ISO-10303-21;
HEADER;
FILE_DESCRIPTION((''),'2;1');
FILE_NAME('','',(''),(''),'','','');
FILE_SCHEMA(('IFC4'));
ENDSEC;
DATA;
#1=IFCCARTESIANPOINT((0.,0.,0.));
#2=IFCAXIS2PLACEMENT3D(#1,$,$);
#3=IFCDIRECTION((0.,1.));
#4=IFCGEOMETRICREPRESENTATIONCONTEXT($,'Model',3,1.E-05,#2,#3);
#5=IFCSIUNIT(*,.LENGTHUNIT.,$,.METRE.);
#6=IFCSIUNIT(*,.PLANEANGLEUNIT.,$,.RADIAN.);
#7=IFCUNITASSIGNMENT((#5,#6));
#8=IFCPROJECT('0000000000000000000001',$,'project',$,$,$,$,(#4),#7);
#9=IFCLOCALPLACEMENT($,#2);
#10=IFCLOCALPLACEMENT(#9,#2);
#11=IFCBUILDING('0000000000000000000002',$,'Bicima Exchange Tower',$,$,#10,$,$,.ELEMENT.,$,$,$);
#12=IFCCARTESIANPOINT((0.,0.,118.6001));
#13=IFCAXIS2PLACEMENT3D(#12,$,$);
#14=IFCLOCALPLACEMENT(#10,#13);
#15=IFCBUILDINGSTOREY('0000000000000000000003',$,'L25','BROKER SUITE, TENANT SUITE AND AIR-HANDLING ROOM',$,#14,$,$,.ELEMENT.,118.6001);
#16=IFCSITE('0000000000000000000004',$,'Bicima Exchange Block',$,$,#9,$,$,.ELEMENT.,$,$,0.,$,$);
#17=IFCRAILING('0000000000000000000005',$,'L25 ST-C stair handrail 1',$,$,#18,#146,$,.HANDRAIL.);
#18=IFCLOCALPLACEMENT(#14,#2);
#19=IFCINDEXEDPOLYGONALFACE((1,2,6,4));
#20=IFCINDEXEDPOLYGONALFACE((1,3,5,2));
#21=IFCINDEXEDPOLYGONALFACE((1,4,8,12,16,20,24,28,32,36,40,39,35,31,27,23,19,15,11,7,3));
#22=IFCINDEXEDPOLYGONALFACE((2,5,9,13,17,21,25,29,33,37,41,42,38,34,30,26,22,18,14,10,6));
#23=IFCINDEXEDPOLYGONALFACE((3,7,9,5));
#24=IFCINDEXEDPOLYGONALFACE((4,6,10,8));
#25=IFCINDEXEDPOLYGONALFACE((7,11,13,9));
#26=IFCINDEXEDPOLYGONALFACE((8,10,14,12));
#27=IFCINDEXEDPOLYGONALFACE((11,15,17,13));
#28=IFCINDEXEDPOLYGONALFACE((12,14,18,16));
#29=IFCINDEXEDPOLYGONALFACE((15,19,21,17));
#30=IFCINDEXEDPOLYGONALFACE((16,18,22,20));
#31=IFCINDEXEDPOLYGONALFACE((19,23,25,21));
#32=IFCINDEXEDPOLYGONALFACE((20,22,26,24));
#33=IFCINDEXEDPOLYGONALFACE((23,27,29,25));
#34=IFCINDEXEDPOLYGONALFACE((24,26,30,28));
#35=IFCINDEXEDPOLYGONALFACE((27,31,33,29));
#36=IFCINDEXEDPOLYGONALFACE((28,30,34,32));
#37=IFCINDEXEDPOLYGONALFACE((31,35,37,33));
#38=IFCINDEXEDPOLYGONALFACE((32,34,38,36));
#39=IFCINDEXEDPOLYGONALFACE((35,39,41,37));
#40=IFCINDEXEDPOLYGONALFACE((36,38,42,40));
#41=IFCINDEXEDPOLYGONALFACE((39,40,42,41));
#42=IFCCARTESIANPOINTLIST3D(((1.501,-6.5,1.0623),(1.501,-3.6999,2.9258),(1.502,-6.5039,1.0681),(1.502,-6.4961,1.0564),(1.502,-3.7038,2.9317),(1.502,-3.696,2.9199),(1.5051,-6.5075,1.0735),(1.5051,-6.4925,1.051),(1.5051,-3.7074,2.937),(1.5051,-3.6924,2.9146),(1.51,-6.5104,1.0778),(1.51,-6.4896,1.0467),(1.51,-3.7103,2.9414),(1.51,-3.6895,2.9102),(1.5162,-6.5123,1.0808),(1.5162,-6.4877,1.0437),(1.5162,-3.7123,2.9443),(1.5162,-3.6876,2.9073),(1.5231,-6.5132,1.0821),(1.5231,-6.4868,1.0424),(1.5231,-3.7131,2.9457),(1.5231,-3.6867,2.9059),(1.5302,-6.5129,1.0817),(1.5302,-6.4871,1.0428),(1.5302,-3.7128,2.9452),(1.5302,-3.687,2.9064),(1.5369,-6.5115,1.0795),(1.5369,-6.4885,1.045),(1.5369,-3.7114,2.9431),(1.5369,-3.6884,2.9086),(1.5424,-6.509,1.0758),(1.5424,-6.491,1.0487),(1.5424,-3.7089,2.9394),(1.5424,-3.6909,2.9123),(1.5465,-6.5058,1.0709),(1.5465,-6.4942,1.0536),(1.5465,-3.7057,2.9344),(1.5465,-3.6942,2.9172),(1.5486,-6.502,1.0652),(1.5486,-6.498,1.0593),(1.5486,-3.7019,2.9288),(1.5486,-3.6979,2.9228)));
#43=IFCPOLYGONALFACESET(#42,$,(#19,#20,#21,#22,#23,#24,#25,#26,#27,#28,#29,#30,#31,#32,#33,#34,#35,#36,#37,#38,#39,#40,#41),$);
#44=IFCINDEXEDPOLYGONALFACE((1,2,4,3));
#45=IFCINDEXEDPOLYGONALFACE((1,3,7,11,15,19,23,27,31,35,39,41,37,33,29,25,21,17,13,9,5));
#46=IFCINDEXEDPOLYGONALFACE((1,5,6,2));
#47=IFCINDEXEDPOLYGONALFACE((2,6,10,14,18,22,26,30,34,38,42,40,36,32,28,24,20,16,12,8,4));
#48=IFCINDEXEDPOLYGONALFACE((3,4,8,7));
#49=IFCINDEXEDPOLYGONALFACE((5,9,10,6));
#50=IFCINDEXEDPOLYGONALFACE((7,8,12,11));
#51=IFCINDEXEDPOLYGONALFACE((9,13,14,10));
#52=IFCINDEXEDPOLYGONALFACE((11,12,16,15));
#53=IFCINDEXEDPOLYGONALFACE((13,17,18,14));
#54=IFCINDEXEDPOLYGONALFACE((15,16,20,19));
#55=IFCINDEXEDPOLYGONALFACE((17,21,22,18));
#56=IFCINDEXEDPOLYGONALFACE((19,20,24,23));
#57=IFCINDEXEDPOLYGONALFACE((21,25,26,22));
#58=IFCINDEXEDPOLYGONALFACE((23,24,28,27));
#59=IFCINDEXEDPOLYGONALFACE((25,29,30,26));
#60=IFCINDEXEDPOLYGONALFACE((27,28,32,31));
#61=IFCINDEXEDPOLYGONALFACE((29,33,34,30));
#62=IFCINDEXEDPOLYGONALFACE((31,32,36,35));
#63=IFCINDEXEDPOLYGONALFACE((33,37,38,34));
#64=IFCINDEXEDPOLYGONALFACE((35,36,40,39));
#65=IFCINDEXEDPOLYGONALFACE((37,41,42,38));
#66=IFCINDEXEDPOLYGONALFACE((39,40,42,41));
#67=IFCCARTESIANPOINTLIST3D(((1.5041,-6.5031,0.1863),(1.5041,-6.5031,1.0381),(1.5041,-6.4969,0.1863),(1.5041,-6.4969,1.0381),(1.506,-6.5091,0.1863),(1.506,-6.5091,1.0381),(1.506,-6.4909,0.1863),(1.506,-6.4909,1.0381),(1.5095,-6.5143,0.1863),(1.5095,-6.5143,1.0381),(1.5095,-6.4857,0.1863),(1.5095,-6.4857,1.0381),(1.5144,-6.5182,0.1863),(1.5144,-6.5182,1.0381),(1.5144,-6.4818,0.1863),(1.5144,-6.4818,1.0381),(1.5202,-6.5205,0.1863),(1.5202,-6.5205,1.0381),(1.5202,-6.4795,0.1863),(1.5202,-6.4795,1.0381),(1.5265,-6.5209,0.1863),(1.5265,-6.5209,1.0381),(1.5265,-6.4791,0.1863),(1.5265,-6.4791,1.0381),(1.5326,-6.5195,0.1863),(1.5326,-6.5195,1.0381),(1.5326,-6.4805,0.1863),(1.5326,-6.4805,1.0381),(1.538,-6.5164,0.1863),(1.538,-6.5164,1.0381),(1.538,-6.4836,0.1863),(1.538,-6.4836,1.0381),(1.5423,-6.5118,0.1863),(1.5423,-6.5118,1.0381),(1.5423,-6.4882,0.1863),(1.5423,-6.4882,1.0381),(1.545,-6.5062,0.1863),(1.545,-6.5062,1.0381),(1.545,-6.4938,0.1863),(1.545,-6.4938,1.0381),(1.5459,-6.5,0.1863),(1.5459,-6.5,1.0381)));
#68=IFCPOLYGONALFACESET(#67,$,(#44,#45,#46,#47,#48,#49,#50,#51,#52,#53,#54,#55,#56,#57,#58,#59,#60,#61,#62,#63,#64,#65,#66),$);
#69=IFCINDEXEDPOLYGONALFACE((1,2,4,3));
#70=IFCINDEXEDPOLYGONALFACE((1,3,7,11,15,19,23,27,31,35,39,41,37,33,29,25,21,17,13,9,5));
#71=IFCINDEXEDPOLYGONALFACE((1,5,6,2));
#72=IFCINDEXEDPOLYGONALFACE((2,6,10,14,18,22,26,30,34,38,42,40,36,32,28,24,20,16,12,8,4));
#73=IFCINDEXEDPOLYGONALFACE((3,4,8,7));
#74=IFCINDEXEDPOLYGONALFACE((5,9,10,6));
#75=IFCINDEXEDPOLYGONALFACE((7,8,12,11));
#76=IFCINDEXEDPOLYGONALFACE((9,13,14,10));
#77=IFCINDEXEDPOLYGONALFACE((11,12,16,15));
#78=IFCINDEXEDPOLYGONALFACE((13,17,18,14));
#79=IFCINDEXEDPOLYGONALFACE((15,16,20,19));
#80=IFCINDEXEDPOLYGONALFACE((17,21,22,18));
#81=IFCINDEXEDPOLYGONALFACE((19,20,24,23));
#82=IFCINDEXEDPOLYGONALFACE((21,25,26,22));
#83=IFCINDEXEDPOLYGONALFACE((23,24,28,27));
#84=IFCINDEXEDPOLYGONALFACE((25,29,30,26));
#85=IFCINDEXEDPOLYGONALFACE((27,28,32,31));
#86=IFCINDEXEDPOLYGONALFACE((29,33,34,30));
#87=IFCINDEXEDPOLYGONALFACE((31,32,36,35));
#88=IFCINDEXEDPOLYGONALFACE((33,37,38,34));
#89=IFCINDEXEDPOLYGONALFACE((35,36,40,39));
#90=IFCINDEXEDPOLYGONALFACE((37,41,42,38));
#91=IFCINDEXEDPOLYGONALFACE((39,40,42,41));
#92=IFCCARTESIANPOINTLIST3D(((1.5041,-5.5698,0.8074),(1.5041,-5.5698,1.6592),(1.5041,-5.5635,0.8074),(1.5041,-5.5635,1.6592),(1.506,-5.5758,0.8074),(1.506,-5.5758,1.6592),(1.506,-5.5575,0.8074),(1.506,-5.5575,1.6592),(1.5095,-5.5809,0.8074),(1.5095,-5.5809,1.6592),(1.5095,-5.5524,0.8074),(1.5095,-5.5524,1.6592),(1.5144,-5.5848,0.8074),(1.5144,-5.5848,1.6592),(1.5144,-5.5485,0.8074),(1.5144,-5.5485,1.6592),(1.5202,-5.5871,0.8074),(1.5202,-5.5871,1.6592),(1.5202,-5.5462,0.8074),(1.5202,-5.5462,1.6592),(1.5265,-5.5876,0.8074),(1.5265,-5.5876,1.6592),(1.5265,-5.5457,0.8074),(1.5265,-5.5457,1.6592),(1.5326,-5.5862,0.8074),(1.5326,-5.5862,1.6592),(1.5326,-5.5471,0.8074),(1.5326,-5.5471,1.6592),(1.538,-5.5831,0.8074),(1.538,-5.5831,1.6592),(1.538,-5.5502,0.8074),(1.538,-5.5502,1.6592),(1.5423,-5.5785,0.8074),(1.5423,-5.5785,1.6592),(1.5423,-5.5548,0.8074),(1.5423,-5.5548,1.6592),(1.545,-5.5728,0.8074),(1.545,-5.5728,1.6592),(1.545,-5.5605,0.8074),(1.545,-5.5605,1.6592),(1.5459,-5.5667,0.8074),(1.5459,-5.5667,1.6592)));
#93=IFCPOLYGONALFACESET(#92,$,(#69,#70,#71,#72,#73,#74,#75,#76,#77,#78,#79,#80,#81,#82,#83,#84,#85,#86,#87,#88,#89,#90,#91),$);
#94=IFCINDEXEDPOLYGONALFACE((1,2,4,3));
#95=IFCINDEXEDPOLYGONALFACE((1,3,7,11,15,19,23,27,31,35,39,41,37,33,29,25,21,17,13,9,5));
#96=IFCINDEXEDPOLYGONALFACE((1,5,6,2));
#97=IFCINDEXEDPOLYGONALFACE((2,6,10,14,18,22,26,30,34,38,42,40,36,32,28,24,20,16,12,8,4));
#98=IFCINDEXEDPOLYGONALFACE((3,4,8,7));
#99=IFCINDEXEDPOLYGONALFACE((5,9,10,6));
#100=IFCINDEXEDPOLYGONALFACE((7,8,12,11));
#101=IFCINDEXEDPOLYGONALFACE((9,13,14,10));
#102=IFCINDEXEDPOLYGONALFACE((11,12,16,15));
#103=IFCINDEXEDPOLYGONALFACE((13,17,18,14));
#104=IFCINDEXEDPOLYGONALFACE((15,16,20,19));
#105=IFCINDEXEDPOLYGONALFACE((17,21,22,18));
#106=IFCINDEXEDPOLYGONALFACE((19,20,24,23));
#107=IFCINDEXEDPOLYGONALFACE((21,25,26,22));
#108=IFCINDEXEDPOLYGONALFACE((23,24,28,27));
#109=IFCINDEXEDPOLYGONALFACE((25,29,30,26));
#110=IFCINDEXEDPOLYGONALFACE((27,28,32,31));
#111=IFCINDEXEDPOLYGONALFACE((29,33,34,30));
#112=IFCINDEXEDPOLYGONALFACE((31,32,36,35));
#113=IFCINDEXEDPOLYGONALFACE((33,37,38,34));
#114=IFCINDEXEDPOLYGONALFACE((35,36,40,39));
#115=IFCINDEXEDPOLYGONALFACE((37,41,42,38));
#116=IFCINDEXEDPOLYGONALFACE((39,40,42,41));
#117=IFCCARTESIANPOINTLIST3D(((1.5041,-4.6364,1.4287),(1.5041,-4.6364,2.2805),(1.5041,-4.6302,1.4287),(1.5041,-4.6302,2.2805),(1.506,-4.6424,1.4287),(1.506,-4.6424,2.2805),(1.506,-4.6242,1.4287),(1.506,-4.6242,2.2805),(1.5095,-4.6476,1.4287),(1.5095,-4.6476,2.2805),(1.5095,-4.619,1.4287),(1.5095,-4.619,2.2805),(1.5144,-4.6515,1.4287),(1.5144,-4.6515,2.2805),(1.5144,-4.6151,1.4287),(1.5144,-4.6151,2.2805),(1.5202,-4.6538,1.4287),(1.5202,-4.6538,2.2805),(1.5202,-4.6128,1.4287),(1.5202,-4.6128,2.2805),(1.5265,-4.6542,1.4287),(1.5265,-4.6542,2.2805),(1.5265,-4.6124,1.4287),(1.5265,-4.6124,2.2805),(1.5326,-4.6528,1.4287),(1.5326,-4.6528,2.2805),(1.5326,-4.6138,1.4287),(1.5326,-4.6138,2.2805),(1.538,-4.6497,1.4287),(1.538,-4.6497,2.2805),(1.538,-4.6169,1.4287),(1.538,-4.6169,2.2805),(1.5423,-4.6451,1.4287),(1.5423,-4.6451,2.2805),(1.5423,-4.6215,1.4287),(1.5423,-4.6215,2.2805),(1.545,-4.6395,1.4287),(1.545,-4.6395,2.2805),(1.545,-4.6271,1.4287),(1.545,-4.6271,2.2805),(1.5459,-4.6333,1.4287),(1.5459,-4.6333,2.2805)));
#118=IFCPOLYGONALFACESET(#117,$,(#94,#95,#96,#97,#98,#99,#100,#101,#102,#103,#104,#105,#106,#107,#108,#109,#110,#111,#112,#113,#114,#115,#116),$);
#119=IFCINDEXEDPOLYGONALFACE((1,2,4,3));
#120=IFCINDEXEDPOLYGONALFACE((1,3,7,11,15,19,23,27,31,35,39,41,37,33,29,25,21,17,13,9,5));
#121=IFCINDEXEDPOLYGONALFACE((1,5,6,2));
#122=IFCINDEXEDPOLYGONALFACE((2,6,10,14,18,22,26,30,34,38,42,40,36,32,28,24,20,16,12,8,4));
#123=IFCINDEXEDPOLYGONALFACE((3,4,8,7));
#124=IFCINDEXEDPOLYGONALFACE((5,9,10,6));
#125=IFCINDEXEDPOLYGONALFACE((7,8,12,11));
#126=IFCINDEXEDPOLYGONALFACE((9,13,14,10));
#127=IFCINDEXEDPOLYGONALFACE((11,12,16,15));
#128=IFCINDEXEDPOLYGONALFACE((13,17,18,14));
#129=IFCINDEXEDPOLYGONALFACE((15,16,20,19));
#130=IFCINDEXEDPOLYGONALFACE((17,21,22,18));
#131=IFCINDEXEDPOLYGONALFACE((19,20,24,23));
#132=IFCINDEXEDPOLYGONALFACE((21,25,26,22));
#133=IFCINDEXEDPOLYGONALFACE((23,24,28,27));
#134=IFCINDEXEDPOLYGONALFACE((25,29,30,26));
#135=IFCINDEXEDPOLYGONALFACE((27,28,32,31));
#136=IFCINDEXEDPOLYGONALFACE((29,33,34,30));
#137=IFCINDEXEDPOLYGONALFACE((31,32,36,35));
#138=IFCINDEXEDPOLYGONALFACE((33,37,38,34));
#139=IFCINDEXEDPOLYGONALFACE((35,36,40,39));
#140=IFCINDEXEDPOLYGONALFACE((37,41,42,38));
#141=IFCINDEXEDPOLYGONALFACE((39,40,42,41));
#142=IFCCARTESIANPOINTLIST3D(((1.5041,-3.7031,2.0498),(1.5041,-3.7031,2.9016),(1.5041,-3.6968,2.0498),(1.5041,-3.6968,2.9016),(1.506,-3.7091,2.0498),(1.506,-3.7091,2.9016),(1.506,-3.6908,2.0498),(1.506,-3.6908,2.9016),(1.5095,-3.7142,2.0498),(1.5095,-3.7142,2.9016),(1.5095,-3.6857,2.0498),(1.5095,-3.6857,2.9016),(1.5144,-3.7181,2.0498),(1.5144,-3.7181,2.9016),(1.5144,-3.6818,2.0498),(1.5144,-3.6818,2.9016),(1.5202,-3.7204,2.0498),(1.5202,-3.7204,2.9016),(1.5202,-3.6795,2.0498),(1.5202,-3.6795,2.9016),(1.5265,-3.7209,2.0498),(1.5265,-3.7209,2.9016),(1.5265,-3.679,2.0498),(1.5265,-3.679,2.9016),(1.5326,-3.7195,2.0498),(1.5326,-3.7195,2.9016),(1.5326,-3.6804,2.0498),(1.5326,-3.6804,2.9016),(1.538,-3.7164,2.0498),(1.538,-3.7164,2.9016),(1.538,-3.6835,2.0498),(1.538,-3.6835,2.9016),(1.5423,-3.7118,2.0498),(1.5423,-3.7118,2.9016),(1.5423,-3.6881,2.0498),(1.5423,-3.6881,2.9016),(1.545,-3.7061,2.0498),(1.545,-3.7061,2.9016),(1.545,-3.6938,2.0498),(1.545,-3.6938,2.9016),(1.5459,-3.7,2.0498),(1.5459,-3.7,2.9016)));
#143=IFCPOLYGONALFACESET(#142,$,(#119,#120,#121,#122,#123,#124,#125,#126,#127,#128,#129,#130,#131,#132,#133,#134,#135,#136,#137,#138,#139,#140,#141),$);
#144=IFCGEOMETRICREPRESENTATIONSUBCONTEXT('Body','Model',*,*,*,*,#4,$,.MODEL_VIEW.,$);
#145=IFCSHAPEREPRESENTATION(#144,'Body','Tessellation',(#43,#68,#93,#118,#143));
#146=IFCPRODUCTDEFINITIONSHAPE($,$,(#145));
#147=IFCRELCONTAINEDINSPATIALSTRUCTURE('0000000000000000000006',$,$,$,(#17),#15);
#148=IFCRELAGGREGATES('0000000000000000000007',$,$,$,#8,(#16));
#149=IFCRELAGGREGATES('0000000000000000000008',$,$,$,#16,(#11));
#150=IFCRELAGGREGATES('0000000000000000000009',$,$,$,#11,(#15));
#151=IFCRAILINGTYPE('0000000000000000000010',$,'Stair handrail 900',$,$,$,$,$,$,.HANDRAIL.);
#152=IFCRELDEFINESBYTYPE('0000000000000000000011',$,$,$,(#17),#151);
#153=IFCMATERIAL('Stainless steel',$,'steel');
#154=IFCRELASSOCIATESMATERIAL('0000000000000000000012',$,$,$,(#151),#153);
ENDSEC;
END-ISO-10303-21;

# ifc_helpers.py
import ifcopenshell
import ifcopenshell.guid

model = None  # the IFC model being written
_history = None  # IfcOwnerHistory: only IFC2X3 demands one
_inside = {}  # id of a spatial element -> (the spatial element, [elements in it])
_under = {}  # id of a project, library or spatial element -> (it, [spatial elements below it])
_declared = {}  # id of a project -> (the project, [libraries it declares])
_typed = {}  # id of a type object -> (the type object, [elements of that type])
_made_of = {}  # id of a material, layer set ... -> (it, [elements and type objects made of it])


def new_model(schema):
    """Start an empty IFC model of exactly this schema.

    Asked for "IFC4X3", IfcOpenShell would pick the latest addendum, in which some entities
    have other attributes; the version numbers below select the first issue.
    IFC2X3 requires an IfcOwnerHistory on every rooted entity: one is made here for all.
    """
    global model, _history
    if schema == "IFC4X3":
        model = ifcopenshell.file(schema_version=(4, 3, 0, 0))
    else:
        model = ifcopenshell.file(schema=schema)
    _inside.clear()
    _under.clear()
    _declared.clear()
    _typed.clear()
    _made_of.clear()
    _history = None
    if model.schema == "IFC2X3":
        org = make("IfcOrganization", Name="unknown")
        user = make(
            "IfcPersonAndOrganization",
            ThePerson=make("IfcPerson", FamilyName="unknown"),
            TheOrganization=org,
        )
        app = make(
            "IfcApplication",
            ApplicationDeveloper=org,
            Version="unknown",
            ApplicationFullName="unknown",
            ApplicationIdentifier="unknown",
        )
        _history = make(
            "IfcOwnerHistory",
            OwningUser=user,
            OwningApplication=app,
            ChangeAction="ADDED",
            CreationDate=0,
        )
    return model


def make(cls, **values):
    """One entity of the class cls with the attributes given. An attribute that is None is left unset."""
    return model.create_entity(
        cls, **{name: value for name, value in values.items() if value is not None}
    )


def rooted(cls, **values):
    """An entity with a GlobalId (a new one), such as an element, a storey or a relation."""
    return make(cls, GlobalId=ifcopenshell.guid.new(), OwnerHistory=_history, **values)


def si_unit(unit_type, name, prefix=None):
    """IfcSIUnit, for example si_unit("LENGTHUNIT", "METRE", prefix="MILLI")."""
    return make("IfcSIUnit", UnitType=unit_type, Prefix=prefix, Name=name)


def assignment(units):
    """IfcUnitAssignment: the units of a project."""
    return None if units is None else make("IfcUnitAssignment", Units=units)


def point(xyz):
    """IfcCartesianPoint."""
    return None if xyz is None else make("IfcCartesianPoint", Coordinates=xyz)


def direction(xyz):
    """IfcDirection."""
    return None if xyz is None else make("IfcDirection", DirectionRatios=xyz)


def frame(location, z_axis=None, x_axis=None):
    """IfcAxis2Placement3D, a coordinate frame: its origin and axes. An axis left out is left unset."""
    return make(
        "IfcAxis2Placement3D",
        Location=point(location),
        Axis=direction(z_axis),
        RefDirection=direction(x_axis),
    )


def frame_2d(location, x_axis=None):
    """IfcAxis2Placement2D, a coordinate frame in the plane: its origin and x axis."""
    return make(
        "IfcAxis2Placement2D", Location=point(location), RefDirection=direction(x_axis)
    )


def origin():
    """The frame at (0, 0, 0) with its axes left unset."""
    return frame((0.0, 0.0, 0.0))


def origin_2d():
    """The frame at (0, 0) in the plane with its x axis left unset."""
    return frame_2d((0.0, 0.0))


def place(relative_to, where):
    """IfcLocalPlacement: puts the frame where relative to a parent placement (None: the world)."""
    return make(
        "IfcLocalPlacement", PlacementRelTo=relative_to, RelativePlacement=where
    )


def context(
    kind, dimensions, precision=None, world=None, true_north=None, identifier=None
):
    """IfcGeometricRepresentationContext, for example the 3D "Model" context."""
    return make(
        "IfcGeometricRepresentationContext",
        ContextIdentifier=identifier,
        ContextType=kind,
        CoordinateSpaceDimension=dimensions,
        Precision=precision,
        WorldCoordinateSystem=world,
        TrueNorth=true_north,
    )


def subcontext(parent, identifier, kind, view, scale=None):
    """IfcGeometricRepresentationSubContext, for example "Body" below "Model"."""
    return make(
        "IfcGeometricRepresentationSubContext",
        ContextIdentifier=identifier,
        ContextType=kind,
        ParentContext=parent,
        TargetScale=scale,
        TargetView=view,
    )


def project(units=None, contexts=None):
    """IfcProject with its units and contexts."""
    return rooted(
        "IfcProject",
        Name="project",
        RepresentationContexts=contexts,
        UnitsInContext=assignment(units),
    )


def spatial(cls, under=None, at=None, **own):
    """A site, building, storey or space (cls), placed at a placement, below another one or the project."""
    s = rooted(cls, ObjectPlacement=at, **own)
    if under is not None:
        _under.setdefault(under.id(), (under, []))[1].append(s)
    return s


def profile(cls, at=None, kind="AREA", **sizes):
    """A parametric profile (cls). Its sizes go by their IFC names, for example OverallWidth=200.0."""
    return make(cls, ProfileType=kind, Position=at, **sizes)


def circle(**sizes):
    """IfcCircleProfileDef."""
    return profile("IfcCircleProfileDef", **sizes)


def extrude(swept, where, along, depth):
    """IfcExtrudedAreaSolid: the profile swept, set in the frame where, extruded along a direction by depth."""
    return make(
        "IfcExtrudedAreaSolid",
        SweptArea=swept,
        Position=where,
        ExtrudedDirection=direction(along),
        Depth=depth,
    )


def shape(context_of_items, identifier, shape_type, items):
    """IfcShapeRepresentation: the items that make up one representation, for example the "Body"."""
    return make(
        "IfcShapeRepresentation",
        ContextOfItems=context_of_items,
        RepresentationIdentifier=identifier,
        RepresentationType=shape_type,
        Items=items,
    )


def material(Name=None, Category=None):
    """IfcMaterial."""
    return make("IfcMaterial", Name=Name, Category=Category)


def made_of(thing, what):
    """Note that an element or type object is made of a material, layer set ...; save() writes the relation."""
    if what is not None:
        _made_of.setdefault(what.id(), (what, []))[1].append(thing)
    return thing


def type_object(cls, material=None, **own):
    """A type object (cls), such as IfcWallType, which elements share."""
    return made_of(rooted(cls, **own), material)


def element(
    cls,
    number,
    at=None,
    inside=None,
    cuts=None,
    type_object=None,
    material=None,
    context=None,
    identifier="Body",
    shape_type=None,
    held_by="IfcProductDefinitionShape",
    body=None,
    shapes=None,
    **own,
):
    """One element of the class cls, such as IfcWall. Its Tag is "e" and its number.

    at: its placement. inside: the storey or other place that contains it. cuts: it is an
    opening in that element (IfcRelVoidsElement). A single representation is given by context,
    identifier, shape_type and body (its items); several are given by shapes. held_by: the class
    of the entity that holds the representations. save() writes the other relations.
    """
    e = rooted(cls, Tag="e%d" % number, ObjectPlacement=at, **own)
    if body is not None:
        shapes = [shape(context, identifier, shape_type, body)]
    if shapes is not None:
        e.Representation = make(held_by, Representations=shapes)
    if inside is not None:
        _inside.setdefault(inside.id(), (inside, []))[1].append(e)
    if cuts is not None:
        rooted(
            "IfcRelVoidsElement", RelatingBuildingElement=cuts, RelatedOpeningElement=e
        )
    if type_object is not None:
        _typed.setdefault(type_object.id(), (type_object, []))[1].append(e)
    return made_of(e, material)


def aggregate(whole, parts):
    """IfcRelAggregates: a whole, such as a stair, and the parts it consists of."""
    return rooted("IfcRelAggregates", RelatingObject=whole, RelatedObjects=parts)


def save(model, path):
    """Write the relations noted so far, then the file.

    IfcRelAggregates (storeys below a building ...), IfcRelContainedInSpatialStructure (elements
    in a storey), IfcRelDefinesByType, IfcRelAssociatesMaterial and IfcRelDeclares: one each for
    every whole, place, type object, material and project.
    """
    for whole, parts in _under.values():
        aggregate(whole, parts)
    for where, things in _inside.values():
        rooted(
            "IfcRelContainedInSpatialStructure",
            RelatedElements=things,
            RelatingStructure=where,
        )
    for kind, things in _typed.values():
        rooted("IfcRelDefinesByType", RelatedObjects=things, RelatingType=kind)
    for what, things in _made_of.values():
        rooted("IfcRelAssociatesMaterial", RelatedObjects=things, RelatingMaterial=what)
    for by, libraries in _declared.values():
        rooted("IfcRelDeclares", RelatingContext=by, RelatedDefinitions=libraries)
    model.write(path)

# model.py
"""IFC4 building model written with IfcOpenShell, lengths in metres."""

from ifc_helpers import new_model, si_unit, direction, frame, origin, origin_2d, place, context, subcontext, project, spatial, circle, extrude, material, type_object, element, save


model = new_model("IFC4")

# Units and contexts
model_context = context("Model", 3, precision=1e-05, world=origin(), true_north=direction((0.0, 1.0)))
body_context = subcontext(model_context, "Body", "Model", "MODEL_VIEW")
ifc_project = project(units=[si_unit("LENGTHUNIT", "METRE"), si_unit("PLANEANGLEUNIT", "RADIAN")], contexts=[model_context])

# Site, building, storey
site_placement = place(None, origin())
site = spatial("IfcSite", under=ifc_project, at=site_placement, Name="Bicima Exchange Block", CompositionType="ELEMENT", RefElevation=0.0)
building_placement = place(site_placement, origin())
building = spatial("IfcBuilding", under=site, at=building_placement, Name="Bicima Exchange Tower", CompositionType="ELEMENT")
storey_placement = place(building_placement, frame((0.0, 0.0, 118.6001)))
storey = spatial("IfcBuildingStorey", under=building, at=storey_placement, Name="L25", Description="BROKER SUITE, TENANT SUITE AND AIR-HANDLING ROOM", CompositionType="ELEMENT", Elevation=118.6001)

# Shared definitions
ifc_material_1 = material(Name="Stainless steel", Category="steel")

# Railing
railing_type_1 = type_object("IfcRailingType", Name="Stair handrail 900", PredefinedType="HANDRAIL", material=ifc_material_1)
railing_1_placement = place(storey_placement, frame((1.5249, -6.5, 0.1863)))
element("IfcRailing", 1, at=railing_1_placement, inside=storey, type_object=railing_type_1, Name="L25 ST-C stair handrail 1", PredefinedType="HANDRAIL", context=body_context, shape_type="SweptSolid", body=[
    extrude(circle(Radius=0.0239, at=origin_2d()), frame((0.0, 0.0, 0.876), z_axis=(0.0, 0.832486, 0.554047), x_axis=(-1.0, 0.0, 0.0)), (0.0, 0.0, 1.0), 3.3635),
    extrude(circle(Radius=0.021, at=origin_2d()), origin(), (0.0, 0.0, 1.0), 0.8518),
    extrude(circle(Radius=0.021, at=origin_2d()), frame((0.0, 0.9333, 0.6211)), (0.0, 0.0, 1.0), 0.8518),
    extrude(circle(Radius=0.021, at=origin_2d()), frame((0.0, 1.8667, 1.2424)), (0.0, 0.0, 1.0), 0.8518),
    extrude(circle(Radius=0.021, at=origin_2d()), frame((0.0, 2.8, 1.8635)), (0.0, 0.0, 1.0), 0.8518),
])

save(model, "model.ifc")
